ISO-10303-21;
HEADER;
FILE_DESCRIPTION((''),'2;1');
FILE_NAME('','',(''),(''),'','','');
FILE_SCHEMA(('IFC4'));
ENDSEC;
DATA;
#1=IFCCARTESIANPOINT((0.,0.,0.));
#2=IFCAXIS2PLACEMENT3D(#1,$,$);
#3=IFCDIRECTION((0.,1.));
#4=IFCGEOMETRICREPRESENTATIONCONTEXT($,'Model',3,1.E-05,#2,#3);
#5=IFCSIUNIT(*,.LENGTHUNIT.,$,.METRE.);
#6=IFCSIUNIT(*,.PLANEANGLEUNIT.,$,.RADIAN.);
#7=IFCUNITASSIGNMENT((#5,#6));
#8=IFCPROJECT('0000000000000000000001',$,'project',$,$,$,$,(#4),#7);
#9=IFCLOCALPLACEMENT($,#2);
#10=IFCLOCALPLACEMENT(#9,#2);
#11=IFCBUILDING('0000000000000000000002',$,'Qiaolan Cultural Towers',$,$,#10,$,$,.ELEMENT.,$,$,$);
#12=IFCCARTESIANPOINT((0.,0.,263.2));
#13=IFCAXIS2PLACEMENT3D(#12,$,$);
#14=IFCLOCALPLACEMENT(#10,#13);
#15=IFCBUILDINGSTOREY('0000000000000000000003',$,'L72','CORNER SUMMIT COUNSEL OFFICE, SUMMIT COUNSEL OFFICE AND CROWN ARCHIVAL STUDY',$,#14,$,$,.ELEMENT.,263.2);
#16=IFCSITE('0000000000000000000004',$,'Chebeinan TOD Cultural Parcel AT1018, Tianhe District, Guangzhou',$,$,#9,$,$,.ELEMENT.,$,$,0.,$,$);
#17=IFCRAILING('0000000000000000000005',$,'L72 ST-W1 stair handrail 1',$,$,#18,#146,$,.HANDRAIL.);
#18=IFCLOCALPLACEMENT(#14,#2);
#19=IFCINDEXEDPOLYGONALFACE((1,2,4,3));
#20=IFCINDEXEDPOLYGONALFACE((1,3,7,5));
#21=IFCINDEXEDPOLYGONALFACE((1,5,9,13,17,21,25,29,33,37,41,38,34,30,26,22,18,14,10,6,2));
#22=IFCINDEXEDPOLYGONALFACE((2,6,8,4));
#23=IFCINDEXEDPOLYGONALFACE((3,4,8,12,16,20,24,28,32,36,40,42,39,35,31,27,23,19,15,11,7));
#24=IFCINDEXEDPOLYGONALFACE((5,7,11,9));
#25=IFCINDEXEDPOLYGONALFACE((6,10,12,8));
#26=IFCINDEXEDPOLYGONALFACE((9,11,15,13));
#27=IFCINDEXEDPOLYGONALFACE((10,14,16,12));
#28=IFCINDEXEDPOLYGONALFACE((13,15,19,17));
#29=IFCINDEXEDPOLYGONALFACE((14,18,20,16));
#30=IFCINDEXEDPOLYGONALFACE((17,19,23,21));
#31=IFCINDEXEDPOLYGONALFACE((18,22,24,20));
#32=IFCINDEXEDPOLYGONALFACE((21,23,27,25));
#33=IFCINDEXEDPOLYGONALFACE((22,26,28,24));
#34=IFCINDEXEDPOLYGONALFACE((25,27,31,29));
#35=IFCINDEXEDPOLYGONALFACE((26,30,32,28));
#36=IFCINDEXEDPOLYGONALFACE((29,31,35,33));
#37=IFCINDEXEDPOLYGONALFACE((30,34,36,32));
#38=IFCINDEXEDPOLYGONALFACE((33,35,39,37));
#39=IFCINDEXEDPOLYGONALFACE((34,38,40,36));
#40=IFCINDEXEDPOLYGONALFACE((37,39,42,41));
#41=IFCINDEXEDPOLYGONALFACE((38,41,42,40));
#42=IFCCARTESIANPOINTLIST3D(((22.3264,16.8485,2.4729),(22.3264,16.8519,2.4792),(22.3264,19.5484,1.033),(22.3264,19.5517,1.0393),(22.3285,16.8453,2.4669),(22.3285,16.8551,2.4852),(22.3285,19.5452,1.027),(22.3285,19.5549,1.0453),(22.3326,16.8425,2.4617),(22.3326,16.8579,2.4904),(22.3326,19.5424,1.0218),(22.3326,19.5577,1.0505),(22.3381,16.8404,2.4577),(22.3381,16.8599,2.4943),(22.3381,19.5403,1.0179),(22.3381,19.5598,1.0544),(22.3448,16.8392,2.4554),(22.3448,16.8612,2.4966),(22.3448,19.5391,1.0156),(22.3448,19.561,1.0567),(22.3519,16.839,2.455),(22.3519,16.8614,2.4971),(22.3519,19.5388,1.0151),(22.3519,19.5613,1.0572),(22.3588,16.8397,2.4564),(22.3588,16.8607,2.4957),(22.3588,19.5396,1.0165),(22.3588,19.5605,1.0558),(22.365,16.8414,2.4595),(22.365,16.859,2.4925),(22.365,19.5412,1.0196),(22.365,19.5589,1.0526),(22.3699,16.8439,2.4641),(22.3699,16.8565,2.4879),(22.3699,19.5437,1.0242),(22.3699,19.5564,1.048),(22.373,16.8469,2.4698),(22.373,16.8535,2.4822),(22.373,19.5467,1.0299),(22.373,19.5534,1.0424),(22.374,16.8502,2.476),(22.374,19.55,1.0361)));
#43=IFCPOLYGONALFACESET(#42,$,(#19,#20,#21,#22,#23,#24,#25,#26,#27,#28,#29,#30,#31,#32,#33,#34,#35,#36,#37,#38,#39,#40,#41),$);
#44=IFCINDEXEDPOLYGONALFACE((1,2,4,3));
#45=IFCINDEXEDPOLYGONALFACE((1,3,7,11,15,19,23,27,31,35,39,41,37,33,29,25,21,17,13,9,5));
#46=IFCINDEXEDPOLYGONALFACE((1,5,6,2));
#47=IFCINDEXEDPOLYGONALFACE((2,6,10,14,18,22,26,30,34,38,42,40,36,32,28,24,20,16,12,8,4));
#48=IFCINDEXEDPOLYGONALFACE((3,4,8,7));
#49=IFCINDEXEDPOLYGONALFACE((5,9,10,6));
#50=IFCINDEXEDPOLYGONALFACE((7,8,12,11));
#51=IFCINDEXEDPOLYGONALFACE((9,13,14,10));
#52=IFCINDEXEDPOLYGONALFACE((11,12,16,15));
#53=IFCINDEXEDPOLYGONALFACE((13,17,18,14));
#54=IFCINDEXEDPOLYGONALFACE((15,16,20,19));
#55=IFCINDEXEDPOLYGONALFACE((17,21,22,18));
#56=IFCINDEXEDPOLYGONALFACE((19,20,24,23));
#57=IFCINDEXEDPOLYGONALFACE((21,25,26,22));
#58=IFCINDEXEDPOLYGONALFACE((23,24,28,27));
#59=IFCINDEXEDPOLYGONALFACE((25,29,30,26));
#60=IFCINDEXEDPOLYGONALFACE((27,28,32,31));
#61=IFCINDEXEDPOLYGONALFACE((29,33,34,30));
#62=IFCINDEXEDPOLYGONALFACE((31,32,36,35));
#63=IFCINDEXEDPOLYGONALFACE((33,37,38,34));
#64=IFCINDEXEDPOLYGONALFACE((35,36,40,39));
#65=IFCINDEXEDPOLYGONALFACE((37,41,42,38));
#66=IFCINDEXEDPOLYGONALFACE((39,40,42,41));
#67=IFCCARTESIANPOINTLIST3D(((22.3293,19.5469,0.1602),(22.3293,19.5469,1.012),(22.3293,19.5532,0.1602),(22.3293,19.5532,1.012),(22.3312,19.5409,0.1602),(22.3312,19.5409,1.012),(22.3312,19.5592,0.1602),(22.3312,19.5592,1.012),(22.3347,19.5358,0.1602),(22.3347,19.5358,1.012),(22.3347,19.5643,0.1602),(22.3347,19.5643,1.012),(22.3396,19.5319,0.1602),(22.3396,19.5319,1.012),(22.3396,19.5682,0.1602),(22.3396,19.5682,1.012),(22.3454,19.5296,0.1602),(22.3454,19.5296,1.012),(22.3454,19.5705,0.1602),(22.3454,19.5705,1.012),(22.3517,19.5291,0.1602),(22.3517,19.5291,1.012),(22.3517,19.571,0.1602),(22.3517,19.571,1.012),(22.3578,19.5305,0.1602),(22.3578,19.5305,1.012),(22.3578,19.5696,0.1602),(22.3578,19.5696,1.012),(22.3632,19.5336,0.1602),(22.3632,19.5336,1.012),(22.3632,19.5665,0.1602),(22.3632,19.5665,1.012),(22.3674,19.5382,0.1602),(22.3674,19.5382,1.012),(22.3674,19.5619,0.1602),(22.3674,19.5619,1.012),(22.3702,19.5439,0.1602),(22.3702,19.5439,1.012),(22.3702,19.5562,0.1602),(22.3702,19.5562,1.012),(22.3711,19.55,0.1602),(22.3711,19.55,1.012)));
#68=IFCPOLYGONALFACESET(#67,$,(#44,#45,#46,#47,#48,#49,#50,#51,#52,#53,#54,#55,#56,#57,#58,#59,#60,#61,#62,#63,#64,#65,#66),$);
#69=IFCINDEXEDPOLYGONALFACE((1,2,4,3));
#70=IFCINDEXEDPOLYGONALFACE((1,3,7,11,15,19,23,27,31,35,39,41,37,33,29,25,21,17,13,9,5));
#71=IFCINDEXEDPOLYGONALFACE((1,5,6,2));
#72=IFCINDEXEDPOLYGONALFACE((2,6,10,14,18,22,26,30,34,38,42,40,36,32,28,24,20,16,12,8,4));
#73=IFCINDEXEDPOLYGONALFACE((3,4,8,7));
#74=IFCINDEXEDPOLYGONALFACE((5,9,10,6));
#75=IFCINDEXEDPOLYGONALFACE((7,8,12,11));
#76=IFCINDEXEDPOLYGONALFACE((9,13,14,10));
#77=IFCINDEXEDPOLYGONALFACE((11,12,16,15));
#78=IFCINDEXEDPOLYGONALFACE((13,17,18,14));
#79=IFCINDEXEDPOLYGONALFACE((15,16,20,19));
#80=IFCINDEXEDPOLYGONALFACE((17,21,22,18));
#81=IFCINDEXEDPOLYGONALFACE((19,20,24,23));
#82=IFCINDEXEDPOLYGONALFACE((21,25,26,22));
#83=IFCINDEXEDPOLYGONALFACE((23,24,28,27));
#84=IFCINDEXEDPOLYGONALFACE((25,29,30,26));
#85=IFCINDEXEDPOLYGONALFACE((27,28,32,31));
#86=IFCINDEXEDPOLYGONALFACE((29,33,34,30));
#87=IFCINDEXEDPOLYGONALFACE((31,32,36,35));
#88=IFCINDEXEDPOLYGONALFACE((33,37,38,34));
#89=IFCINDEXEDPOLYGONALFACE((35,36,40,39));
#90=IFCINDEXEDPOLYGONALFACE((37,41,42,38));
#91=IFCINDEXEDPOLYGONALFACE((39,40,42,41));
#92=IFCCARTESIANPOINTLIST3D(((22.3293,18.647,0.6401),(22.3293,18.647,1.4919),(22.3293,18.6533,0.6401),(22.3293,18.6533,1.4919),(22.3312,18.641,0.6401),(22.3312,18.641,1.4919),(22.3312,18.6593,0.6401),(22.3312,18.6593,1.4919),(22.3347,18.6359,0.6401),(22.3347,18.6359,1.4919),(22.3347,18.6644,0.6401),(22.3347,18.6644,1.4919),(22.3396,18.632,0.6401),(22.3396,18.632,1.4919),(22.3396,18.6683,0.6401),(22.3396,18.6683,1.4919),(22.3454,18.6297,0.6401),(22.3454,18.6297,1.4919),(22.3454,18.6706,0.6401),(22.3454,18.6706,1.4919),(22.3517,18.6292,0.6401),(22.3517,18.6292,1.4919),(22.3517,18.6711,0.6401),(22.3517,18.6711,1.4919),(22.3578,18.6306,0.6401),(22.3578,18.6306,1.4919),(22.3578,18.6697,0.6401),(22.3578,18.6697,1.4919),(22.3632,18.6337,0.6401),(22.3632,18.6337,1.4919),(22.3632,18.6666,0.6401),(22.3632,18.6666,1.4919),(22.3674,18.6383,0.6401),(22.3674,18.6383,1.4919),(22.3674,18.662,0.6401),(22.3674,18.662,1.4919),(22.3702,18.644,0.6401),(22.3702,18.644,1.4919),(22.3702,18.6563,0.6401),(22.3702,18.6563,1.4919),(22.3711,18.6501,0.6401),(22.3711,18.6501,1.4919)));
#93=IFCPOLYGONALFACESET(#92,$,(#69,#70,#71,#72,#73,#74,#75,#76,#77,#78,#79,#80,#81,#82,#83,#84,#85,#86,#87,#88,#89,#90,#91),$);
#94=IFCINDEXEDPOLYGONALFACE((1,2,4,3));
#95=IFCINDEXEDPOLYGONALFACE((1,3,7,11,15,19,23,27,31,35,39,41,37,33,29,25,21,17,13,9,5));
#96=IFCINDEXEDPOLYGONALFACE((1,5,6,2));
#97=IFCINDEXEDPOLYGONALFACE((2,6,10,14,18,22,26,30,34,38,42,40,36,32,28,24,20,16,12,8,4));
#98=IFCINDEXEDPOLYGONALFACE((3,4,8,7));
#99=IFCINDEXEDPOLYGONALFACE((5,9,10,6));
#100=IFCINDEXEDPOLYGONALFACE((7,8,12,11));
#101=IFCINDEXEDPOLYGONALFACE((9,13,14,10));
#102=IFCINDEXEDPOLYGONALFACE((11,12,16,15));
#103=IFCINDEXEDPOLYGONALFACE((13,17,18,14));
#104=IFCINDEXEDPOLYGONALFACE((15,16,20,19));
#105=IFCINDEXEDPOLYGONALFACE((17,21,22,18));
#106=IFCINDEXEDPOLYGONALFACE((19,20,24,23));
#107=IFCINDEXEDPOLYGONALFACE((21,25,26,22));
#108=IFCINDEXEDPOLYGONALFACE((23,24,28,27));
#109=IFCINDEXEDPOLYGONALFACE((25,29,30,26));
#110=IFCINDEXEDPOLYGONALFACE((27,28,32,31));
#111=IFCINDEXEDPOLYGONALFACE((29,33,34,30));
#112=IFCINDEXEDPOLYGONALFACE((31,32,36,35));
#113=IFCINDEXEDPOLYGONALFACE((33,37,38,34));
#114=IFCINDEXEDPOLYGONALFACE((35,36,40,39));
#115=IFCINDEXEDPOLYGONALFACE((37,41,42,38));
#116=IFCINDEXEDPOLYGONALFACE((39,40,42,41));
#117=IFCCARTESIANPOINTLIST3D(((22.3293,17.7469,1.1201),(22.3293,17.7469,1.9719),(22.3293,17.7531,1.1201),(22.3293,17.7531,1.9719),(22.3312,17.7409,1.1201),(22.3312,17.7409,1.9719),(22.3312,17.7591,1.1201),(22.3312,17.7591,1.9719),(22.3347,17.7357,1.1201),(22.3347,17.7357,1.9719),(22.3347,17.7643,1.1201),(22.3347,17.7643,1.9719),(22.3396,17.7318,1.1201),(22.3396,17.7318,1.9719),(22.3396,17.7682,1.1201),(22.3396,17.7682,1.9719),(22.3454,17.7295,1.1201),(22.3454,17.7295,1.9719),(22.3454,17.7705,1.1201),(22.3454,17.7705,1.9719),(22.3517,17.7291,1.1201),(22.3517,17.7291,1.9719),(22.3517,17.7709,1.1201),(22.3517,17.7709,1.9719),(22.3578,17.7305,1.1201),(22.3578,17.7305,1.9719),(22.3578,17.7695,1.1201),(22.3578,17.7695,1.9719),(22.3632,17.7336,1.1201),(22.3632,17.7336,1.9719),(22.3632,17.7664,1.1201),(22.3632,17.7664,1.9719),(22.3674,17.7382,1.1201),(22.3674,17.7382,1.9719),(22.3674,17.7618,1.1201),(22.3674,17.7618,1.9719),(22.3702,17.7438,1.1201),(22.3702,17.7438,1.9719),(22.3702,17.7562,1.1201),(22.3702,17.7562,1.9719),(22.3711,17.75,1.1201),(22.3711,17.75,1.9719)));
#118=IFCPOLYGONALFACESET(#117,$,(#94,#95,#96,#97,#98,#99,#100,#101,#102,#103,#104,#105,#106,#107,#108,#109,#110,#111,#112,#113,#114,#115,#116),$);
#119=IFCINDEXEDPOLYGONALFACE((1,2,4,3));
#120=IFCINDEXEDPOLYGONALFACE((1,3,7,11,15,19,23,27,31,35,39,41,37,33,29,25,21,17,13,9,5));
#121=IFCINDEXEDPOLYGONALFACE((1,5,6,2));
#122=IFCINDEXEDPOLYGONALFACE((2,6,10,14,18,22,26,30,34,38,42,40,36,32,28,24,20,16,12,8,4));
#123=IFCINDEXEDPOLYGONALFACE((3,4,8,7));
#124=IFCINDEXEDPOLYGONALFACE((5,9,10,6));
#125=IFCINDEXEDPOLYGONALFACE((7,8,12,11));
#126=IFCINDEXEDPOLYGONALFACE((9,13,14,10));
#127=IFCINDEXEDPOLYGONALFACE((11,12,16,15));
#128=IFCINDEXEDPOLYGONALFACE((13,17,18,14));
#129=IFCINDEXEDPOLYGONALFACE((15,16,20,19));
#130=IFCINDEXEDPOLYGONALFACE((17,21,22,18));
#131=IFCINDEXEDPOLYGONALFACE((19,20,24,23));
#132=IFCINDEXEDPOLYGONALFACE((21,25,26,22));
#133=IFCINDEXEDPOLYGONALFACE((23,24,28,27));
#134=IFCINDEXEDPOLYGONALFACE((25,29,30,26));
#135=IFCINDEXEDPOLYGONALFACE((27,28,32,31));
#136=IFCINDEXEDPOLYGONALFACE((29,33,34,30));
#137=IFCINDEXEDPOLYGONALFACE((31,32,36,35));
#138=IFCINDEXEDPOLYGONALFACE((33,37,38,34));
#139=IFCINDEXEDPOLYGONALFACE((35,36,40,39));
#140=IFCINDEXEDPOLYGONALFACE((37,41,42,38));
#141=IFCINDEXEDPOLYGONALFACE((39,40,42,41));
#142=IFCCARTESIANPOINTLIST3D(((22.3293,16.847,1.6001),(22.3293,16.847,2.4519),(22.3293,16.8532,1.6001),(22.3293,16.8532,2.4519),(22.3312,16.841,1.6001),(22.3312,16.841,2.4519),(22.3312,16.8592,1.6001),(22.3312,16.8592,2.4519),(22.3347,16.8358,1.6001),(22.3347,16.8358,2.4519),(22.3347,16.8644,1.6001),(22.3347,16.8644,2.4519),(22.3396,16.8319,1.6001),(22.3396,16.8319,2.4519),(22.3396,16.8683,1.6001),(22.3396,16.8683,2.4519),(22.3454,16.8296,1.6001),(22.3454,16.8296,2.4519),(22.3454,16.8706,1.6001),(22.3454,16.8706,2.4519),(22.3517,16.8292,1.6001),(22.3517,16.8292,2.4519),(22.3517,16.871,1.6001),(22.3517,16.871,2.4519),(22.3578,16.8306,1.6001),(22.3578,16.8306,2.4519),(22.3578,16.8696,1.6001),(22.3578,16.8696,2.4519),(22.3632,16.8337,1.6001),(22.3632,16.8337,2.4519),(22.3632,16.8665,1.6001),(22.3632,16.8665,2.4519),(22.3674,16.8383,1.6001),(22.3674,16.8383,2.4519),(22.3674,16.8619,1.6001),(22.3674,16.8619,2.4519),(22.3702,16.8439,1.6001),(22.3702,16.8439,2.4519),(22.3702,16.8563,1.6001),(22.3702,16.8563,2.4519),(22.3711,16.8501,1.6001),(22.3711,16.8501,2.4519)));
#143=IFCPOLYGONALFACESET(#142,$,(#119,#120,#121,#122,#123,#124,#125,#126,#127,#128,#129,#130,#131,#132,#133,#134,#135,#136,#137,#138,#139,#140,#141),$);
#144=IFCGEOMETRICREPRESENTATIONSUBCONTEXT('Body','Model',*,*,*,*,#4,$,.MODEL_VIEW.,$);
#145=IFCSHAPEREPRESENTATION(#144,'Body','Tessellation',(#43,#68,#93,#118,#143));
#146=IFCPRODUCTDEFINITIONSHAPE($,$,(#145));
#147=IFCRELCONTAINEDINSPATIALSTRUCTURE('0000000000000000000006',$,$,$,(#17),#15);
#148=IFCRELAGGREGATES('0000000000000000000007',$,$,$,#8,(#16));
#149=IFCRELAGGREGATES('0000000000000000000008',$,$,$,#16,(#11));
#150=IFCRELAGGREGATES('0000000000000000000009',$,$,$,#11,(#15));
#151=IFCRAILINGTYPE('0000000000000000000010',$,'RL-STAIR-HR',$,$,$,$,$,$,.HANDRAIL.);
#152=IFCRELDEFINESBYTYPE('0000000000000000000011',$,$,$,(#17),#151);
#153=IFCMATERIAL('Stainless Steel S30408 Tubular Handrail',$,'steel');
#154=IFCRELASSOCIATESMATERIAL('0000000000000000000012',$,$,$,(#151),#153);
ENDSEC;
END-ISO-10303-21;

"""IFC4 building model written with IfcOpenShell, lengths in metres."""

from ifc_helpers import new_model, si_unit, direction, frame, origin, origin_2d, place, context, subcontext, project, spatial, circle, extrude, material, type_object, element, save


model = new_model("IFC4")

# Units and contexts
model_context = context("Model", 3, precision=1e-05, world=origin(), true_north=direction((0.0, 1.0)))
body_context = subcontext(model_context, "Body", "Model", "MODEL_VIEW")
ifc_project = project(units=[si_unit("LENGTHUNIT", "METRE"), si_unit("PLANEANGLEUNIT", "RADIAN")], contexts=[model_context])

# Site, building, storey
site_placement = place(None, origin())
site = spatial("IfcSite", under=ifc_project, at=site_placement, Name="Chebeinan TOD Cultural Parcel AT1018, Tianhe District, Guangzhou", CompositionType="ELEMENT", RefElevation=0.0)
building_placement = place(site_placement, origin())
building = spatial("IfcBuilding", under=site, at=building_placement, Name="Qiaolan Cultural Towers", CompositionType="ELEMENT")
storey_placement = place(building_placement, frame((0.0, 0.0, 263.2)))
storey = spatial("IfcBuildingStorey", under=building, at=storey_placement, Name="L72", Description="CORNER SUMMIT COUNSEL OFFICE, SUMMIT COUNSEL OFFICE AND CROWN ARCHIVAL STUDY", CompositionType="ELEMENT", Elevation=263.2)

# Railing
ifc_material_1 = material(Name="Stainless Steel S30408 Tubular Handrail", Category="steel")
railing_type_1 = type_object("IfcRailingType", Name="RL-STAIR-HR", PredefinedType="HANDRAIL", material=ifc_material_1)
railing_1_placement = place(storey_placement, frame((22.3501, 19.55, 0.1602)))
element("IfcRailing", 1, at=railing_1_placement, inside=storey, type_object=railing_type_1, Name="L72 ST-W1 stair handrail 1", PredefinedType="HANDRAIL", context=body_context, shape_type="SweptSolid", body=[
    extrude(circle(Radius=0.0239, at=origin_2d()), frame((0.0, 0.0, 0.876), z_axis=(0.0, -0.882357, 0.47058), x_axis=(1.0, 0.0, 0.0)), (0.0, 0.0, 1.0), 3.0598),
    extrude(circle(Radius=0.021, at=origin_2d()), origin(), (0.0, 0.0, 1.0), 0.8518),
    extrude(circle(Radius=0.021, at=origin_2d()), frame((0.0, -0.8999, 0.48)), (0.0, 0.0, 1.0), 0.8518),
    extrude(circle(Radius=0.021, at=origin_2d()), frame((0.0, -1.8, 0.96)), (0.0, 0.0, 1.0), 0.8518),
    extrude(circle(Radius=0.021, at=origin_2d()), frame((0.0, -2.7, 1.4399)), (0.0, 0.0, 1.0), 0.8518),
])

save(model, "model.ifc")
